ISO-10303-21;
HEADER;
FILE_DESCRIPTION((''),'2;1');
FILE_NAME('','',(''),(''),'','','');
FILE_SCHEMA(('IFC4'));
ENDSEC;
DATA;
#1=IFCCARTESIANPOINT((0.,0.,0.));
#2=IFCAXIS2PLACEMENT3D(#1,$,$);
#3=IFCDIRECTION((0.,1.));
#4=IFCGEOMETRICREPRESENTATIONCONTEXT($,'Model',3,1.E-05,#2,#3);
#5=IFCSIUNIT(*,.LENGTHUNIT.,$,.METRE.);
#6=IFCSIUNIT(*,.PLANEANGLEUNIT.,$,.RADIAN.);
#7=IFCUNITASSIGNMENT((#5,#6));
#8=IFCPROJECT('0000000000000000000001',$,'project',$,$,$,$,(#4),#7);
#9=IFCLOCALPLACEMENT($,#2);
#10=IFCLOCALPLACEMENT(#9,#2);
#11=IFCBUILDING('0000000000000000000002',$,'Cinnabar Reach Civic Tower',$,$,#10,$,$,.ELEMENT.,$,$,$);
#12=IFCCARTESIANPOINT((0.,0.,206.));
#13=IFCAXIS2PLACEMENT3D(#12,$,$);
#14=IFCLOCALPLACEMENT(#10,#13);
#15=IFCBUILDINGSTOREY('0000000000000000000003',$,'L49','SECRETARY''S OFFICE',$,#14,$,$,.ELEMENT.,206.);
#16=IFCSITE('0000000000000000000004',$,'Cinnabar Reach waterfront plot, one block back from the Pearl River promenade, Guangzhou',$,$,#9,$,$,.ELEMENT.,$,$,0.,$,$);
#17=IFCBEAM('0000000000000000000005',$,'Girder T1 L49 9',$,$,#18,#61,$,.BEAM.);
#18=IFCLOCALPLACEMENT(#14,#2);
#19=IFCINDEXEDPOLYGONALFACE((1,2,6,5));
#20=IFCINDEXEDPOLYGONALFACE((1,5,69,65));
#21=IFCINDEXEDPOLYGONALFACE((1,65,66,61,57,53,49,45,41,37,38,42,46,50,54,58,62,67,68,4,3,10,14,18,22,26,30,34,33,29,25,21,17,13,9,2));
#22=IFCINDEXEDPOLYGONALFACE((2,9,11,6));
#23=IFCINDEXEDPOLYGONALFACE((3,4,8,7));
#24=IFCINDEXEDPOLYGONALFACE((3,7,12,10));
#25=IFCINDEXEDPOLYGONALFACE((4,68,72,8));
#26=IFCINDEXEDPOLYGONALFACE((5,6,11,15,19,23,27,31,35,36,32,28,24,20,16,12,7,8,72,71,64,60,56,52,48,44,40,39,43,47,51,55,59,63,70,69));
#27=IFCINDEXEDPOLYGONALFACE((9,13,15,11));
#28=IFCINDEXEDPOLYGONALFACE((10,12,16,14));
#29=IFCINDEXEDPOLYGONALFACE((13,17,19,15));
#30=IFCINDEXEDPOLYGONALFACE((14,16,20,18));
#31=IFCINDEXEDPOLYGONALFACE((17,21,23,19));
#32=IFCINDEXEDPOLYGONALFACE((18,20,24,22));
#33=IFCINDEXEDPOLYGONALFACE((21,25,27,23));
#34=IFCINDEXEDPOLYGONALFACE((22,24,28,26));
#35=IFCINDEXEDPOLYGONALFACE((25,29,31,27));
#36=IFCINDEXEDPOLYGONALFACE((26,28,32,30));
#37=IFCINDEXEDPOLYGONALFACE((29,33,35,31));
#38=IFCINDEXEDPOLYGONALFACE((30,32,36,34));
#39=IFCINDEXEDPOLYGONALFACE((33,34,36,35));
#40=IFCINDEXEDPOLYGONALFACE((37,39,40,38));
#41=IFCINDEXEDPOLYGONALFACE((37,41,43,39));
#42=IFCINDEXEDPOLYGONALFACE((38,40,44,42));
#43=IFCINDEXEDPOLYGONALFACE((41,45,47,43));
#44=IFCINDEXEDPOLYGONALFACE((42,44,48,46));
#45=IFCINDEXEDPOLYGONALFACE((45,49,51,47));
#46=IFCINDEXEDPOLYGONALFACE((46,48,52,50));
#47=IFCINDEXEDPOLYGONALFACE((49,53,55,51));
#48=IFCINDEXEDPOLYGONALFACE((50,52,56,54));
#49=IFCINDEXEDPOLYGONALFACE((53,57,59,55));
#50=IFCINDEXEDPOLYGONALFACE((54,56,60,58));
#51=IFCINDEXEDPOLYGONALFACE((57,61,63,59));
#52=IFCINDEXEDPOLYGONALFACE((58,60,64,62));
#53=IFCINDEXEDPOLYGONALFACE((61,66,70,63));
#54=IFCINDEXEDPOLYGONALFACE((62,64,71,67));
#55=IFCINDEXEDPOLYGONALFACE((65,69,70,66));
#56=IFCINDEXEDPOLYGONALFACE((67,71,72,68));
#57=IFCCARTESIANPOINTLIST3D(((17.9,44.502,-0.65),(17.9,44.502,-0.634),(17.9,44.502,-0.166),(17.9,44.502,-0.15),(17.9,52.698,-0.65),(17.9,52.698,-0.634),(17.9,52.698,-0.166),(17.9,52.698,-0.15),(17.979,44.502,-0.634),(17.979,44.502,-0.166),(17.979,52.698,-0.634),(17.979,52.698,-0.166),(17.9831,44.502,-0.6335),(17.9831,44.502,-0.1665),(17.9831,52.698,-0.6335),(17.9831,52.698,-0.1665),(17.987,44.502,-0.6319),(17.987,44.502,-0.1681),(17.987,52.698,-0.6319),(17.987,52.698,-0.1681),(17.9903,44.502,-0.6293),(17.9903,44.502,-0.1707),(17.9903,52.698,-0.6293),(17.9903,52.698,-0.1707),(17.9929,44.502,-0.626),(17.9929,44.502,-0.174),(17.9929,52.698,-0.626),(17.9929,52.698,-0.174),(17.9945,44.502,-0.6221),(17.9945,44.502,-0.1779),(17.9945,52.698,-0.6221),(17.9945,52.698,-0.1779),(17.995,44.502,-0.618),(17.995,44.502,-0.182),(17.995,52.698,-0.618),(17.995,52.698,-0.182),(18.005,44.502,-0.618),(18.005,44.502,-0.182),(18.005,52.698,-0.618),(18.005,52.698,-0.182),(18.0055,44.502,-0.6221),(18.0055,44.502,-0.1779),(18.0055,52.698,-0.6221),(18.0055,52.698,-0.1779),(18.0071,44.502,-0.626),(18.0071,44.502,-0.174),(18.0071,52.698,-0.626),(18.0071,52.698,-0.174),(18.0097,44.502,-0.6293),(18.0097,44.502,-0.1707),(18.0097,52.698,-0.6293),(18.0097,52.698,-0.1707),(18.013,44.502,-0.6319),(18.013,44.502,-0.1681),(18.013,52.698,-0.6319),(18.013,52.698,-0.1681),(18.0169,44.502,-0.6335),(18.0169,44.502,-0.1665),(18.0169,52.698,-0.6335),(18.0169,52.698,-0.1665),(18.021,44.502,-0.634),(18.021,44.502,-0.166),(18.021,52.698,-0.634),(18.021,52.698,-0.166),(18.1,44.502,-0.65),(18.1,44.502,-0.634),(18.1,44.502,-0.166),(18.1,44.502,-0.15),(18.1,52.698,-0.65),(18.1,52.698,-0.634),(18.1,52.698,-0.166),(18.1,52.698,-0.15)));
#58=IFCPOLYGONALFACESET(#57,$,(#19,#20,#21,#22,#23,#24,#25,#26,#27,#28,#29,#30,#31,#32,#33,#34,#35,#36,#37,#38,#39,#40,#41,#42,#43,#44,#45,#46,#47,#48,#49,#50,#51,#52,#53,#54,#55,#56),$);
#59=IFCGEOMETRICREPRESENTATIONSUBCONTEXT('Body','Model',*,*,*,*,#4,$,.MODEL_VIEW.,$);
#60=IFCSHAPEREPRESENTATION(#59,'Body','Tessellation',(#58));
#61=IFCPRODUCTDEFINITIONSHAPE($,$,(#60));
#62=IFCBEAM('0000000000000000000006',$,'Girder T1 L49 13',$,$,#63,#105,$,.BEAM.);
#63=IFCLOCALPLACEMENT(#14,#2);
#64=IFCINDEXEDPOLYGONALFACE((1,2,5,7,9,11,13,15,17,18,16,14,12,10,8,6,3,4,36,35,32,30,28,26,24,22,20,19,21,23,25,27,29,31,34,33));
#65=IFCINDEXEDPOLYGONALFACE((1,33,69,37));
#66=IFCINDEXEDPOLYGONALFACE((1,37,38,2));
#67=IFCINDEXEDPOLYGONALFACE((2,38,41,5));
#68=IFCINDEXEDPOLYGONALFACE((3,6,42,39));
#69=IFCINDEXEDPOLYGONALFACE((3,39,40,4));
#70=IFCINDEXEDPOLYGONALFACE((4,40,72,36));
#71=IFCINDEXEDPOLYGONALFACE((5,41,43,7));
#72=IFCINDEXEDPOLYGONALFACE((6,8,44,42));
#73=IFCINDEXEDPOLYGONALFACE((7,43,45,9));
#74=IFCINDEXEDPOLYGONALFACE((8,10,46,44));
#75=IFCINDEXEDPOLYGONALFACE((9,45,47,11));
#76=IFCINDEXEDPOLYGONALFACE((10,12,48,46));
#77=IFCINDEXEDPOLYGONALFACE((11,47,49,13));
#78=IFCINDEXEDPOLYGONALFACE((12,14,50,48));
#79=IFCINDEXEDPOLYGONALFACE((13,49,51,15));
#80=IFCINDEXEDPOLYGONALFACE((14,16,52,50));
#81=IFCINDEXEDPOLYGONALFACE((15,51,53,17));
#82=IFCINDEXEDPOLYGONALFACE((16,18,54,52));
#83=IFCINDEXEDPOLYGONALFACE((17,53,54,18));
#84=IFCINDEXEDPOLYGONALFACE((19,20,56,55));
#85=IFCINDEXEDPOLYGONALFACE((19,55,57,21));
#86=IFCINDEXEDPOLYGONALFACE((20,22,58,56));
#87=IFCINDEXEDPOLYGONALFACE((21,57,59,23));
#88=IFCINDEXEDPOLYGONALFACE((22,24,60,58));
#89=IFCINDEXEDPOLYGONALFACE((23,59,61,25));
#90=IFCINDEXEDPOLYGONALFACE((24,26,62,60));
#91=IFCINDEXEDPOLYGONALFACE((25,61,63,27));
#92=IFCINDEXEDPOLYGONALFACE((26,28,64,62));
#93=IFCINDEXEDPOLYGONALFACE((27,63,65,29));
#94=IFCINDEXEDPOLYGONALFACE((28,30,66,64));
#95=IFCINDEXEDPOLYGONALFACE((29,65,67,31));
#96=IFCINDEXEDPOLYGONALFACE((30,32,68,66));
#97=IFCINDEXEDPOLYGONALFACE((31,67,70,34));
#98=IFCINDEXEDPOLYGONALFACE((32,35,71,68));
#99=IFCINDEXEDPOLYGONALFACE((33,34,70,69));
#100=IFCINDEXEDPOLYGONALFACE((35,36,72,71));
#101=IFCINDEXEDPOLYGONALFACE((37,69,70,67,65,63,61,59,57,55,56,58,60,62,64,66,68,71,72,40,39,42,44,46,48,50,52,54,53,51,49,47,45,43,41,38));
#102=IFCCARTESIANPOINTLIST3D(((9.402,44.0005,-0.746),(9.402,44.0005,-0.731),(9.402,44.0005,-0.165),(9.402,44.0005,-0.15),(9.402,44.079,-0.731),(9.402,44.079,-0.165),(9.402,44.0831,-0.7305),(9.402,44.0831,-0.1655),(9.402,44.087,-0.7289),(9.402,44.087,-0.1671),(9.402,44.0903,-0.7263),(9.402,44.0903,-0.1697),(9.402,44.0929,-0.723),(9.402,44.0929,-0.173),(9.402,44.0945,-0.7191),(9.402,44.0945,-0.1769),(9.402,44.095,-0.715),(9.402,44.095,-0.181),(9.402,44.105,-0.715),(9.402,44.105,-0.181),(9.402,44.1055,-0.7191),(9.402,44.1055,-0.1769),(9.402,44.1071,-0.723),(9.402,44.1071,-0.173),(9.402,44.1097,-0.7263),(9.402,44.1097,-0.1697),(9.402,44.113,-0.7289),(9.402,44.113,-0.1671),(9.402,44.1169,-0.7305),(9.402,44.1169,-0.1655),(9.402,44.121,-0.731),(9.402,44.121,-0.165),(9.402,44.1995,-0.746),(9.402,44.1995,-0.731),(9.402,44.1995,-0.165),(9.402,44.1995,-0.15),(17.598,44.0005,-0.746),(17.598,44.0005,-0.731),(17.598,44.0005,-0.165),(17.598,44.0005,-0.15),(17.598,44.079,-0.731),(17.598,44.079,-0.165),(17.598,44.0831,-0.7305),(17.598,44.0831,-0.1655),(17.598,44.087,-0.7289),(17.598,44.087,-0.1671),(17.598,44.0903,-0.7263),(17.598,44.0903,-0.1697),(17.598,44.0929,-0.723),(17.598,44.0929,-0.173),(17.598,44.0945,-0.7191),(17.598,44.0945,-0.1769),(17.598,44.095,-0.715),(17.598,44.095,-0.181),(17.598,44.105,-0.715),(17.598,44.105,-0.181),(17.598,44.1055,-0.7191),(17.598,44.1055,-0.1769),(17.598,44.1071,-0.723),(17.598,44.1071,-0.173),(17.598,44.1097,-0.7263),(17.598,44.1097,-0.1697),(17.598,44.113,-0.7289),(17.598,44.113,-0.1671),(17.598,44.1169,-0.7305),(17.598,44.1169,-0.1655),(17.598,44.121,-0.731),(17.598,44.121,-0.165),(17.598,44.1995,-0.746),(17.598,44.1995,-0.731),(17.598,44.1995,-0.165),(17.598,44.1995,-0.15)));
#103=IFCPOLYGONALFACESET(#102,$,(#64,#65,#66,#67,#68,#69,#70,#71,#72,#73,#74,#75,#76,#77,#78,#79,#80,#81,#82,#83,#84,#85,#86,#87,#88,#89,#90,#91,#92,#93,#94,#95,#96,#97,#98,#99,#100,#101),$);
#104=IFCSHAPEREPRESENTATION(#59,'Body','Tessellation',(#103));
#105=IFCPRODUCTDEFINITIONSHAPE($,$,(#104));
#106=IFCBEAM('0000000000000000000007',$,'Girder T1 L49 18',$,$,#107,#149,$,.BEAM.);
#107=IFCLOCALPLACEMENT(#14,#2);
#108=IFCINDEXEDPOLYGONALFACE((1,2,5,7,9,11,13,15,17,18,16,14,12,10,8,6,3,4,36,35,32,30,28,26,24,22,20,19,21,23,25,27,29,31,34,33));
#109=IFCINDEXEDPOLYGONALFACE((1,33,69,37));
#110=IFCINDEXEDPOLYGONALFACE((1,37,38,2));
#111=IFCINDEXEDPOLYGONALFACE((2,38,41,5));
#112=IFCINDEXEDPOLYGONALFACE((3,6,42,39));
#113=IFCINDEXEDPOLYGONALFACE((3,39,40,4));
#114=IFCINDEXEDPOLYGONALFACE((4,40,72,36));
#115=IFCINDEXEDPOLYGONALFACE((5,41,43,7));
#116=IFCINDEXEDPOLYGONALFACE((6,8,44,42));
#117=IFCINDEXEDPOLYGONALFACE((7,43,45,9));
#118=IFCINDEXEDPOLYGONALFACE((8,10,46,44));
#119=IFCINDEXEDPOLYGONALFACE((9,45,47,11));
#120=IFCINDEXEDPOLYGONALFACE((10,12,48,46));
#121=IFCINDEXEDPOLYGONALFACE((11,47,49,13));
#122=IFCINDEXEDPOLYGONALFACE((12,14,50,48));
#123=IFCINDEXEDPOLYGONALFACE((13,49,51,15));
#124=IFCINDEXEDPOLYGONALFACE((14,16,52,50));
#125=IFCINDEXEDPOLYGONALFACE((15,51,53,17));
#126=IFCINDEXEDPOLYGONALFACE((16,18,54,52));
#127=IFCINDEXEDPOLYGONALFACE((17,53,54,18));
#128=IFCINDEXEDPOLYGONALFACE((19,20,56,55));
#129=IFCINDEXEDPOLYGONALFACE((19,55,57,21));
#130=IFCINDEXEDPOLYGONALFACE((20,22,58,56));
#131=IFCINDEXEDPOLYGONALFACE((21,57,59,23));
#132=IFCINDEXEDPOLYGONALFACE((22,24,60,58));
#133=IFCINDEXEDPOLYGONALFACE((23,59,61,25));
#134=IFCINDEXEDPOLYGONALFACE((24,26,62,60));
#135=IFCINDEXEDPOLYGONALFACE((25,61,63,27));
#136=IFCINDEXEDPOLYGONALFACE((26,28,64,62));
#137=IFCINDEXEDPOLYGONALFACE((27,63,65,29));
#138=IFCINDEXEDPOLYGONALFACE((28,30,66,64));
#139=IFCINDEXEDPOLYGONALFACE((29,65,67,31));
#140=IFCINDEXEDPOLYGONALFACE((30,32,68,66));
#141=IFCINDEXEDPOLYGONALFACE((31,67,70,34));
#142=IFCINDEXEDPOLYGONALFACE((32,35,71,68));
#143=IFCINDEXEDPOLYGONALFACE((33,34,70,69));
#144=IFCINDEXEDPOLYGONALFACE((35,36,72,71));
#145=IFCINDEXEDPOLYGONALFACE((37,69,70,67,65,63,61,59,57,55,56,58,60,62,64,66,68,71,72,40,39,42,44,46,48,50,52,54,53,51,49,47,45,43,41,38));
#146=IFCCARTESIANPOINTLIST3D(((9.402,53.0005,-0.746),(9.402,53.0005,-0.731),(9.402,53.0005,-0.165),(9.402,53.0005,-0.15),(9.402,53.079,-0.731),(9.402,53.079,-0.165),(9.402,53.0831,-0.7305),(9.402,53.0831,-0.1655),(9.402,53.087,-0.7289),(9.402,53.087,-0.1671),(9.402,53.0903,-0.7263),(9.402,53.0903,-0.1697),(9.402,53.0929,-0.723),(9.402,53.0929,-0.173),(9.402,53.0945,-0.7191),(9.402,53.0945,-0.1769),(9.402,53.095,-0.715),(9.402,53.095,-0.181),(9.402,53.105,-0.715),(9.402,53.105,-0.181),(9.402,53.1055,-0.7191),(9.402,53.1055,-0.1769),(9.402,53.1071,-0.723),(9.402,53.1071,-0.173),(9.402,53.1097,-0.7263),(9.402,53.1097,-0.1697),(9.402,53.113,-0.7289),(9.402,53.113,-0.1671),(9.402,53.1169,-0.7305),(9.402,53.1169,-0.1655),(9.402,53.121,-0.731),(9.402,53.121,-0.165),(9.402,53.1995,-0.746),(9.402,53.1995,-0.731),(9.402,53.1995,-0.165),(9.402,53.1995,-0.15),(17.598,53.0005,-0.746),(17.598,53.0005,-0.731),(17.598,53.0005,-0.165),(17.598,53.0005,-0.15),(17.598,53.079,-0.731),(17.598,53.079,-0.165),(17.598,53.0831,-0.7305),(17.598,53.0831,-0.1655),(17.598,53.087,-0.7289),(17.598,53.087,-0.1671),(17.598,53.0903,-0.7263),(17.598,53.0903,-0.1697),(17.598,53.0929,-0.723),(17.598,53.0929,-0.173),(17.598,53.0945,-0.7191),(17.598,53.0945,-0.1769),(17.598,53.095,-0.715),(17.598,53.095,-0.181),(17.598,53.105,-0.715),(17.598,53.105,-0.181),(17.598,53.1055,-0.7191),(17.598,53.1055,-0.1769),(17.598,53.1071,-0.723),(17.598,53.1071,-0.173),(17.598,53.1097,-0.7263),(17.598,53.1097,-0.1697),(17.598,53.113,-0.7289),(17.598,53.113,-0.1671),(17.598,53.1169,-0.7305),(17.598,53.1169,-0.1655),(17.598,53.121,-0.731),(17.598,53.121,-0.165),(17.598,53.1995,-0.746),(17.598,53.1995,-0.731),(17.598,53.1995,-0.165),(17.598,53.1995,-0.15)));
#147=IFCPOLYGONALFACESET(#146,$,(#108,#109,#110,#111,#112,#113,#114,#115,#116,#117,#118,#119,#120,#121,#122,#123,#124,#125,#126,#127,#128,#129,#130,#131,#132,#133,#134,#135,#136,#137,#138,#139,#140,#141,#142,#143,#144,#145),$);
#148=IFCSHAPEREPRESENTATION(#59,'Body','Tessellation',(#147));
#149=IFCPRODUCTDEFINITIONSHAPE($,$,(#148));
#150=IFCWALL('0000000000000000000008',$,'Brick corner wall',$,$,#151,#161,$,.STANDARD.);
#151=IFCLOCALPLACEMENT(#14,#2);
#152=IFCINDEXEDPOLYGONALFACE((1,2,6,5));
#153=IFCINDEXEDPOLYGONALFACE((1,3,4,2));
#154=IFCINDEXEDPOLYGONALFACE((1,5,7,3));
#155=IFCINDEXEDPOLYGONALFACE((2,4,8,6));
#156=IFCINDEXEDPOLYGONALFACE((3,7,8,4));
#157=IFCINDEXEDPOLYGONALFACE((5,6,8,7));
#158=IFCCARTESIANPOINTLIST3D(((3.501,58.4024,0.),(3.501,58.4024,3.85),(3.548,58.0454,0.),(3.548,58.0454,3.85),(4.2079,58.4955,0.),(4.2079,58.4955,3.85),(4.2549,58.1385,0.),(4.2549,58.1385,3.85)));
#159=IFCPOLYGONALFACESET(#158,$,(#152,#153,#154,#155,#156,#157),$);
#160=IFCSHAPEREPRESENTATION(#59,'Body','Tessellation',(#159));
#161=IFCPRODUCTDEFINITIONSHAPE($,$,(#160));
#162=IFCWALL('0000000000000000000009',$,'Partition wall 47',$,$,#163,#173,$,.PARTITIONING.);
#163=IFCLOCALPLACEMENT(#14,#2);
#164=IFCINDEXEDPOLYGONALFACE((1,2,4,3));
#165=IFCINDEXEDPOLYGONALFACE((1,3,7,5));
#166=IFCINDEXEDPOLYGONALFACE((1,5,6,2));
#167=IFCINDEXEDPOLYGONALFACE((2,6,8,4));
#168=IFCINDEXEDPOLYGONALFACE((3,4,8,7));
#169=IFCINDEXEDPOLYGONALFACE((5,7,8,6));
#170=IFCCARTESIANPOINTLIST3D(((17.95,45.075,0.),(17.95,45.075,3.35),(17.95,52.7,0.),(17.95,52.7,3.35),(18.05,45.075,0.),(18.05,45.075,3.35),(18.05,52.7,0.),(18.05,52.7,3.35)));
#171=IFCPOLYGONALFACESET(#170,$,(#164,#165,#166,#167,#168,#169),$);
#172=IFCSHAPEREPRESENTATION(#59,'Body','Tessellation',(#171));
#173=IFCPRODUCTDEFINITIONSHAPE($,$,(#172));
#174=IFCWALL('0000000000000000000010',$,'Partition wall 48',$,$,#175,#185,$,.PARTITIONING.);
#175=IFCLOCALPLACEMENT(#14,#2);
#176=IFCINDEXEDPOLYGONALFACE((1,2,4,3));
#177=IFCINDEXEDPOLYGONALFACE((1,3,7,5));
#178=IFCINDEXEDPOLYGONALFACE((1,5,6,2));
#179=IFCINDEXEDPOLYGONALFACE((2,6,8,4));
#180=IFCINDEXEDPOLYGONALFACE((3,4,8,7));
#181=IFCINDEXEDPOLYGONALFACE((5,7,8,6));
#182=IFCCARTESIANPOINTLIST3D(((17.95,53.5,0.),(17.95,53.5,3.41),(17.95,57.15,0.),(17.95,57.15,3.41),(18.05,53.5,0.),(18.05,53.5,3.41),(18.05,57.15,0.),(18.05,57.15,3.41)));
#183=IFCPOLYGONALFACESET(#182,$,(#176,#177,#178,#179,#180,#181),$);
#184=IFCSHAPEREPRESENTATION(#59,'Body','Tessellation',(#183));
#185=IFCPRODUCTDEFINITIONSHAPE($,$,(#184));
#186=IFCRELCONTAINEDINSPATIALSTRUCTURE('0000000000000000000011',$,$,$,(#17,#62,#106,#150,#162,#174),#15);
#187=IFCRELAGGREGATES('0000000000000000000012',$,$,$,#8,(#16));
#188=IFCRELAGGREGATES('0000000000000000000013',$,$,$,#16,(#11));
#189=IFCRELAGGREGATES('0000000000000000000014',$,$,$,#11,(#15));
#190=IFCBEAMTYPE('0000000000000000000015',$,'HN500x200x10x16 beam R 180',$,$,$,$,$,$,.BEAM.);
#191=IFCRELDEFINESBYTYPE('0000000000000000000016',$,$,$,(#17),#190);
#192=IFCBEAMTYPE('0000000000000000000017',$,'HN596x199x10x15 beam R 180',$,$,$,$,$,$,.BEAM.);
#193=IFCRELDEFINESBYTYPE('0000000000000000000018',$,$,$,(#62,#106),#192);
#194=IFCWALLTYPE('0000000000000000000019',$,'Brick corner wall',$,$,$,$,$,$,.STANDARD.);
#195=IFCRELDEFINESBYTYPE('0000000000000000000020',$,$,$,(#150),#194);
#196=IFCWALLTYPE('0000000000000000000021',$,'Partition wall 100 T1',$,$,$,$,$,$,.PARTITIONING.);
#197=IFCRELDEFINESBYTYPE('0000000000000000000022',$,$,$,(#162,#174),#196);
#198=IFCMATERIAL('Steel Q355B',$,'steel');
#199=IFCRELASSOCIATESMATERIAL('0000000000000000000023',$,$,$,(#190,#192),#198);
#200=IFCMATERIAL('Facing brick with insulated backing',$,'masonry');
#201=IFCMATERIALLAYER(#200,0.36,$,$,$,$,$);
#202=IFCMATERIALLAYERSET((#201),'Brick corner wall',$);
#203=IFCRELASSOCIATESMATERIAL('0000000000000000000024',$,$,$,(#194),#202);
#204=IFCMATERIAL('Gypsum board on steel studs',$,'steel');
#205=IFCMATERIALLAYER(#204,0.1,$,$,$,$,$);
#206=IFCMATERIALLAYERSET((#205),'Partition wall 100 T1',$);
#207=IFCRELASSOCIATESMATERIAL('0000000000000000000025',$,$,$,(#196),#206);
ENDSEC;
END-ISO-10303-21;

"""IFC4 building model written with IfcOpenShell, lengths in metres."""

from ifc_helpers import new_model, si_unit, direction, frame, frame_2d, origin, origin_2d, place, context, subcontext, project, spatial, rectangle, i_section, extrude, material, layer, layer_set, material_profile, profile_set, type_object, element, save


model = new_model("IFC4")

# Units and contexts
model_context = context("Model", 3, precision=1e-05, world=origin(), true_north=direction((0.0, 1.0)))
body_context = subcontext(model_context, "Body", "Model", "MODEL_VIEW")
ifc_project = project(units=[si_unit("LENGTHUNIT", "METRE"), si_unit("PLANEANGLEUNIT", "RADIAN")], contexts=[model_context])

# Site, building, storey
site_placement = place(None, origin())
site = spatial("IfcSite", under=ifc_project, at=site_placement, Name="Cinnabar Reach waterfront plot, one block back from the Pearl River promenade, Guangzhou", CompositionType="ELEMENT", RefElevation=0.0)
building_placement = place(site_placement, origin())
building = spatial("IfcBuilding", under=site, at=building_placement, Name="Cinnabar Reach Civic Tower", CompositionType="ELEMENT")
storey_placement = place(building_placement, frame((0.0, 0.0, 206.0)))
storey = spatial("IfcBuildingStorey", under=building, at=storey_placement, Name="L49", Description="SECRETARY'S OFFICE", CompositionType="ELEMENT", Elevation=206.0)

# Beams
ifc_material_1 = material(Name="Steel Q355B", Category="steel")
ifc_material_profile_1 = material_profile(ifc_material_1, i_section(OverallWidth=0.2, OverallDepth=0.5, WebThickness=0.01, FlangeThickness=0.016, FilletRadius=0.016, at=origin_2d()), Name="HN500x200x10x16")
ifc_profile_set_1 = profile_set([ifc_material_profile_1], Name="Steel Q355B")
beam_type_1 = type_object("IfcBeamType", Name="HN500x200x10x16 beam R 180", PredefinedType="BEAM", material=ifc_profile_set_1)
for number, where, z_axis, x_axis, name in (
    (1, (18.0, 44.502, -0.4), (0.0, 1.0, 0.0), (-1.0, 0.0, 0.0), "Girder T1 L49 9"),
):
    element("IfcBeam", number, at=place(storey_placement, frame(where, z_axis=z_axis, x_axis=x_axis)), inside=storey, type_object=beam_type_1, Name=name, PredefinedType="BEAM", context=body_context, shape_type="SweptSolid", body=[
        extrude(i_section(OverallWidth=0.2, OverallDepth=0.5, WebThickness=0.01, FlangeThickness=0.016, FilletRadius=0.016, at=origin_2d()), origin(), (0.0, 0.0, 1.0), 8.196),
    ])
ifc_material_profile_2 = material_profile(ifc_material_1, i_section(OverallWidth=0.199, OverallDepth=0.596, WebThickness=0.01, FlangeThickness=0.015, FilletRadius=0.016, at=origin_2d()), Name="HN596x199x10x15")
ifc_profile_set_2 = profile_set([ifc_material_profile_2], Name="Steel Q355B")
beam_type_2 = type_object("IfcBeamType", Name="HN596x199x10x15 beam R 180", PredefinedType="BEAM", material=ifc_profile_set_2)
for number, where, z_axis, x_axis, name in (
    (2, (9.402, 44.1, -0.448), (1.0, 0.0, 0.0), (0.0, 1.0, 0.0), "Girder T1 L49 13"),
    (3, (9.402, 53.1, -0.448), (1.0, 0.0, 0.0), (0.0, 1.0, 0.0), "Girder T1 L49 18"),
):
    element("IfcBeam", number, at=place(storey_placement, frame(where, z_axis=z_axis, x_axis=x_axis)), inside=storey, type_object=beam_type_2, Name=name, PredefinedType="BEAM", context=body_context, shape_type="SweptSolid", body=[
        extrude(i_section(OverallWidth=0.199, OverallDepth=0.596, WebThickness=0.01, FlangeThickness=0.015, FilletRadius=0.016, at=origin_2d()), origin(), (0.0, 0.0, 1.0), 8.196),
    ])

# Walls
ifc_material_2 = material(Name="Facing brick with insulated backing", Category="masonry")
ifc_layer_1 = layer(ifc_material_2, 0.36)
ifc_layer_set_1 = layer_set([ifc_layer_1], Name="Brick corner wall")
wall_type_1 = type_object("IfcWallType", Name="Brick corner wall", PredefinedType="STANDARD", material=ifc_layer_set_1)
wall_1_placement = place(storey_placement, frame((4.2314, 58.317, 0.0), z_axis=(0.0, 0.0, 1.0), x_axis=(-0.991441, -0.130556, 0.0)))
element("IfcWall", 4, at=wall_1_placement, inside=storey, type_object=wall_type_1, Name="Brick corner wall", PredefinedType="STANDARD", context=body_context, shape_type="SweptSolid", body=[
    extrude(rectangle(XDim=0.7131, YDim=0.36, at=frame_2d((0.3565, 0.0))), origin(), (0.0, 0.0, 1.0), 3.85),
])
ifc_material_3 = material(Name="Gypsum board on steel studs", Category="steel")
ifc_layer_2 = layer(ifc_material_3, 0.1)
ifc_layer_set_2 = layer_set([ifc_layer_2], Name="Partition wall 100 T1")
wall_type_2 = type_object("IfcWallType", Name="Partition wall 100 T1", PredefinedType="PARTITIONING", material=ifc_layer_set_2)
wall_2_placement = place(storey_placement, frame((18.0, 45.075, 0.0), z_axis=(0.0, 0.0, 1.0), x_axis=(0.0, 1.0, 0.0)))
element("IfcWall", 5, at=wall_2_placement, inside=storey, type_object=wall_type_2, Name="Partition wall 47", PredefinedType="PARTITIONING", context=body_context, shape_type="SweptSolid", body=[
    extrude(rectangle(XDim=7.625, YDim=0.1, at=frame_2d((3.8125, 0.0))), origin(), (0.0, 0.0, 1.0), 3.35),
])
wall_3_placement = place(storey_placement, frame((18.0, 53.5, 0.0), z_axis=(0.0, 0.0, 1.0), x_axis=(0.0, 1.0, 0.0)))
element("IfcWall", 6, at=wall_3_placement, inside=storey, type_object=wall_type_2, Name="Partition wall 48", PredefinedType="PARTITIONING", context=body_context, shape_type="SweptSolid", body=[
    extrude(rectangle(XDim=3.65, YDim=0.1, at=frame_2d((1.825, 0.0))), origin(), (0.0, 0.0, 1.0), 3.41),
])

save(model, "model.ifc")
